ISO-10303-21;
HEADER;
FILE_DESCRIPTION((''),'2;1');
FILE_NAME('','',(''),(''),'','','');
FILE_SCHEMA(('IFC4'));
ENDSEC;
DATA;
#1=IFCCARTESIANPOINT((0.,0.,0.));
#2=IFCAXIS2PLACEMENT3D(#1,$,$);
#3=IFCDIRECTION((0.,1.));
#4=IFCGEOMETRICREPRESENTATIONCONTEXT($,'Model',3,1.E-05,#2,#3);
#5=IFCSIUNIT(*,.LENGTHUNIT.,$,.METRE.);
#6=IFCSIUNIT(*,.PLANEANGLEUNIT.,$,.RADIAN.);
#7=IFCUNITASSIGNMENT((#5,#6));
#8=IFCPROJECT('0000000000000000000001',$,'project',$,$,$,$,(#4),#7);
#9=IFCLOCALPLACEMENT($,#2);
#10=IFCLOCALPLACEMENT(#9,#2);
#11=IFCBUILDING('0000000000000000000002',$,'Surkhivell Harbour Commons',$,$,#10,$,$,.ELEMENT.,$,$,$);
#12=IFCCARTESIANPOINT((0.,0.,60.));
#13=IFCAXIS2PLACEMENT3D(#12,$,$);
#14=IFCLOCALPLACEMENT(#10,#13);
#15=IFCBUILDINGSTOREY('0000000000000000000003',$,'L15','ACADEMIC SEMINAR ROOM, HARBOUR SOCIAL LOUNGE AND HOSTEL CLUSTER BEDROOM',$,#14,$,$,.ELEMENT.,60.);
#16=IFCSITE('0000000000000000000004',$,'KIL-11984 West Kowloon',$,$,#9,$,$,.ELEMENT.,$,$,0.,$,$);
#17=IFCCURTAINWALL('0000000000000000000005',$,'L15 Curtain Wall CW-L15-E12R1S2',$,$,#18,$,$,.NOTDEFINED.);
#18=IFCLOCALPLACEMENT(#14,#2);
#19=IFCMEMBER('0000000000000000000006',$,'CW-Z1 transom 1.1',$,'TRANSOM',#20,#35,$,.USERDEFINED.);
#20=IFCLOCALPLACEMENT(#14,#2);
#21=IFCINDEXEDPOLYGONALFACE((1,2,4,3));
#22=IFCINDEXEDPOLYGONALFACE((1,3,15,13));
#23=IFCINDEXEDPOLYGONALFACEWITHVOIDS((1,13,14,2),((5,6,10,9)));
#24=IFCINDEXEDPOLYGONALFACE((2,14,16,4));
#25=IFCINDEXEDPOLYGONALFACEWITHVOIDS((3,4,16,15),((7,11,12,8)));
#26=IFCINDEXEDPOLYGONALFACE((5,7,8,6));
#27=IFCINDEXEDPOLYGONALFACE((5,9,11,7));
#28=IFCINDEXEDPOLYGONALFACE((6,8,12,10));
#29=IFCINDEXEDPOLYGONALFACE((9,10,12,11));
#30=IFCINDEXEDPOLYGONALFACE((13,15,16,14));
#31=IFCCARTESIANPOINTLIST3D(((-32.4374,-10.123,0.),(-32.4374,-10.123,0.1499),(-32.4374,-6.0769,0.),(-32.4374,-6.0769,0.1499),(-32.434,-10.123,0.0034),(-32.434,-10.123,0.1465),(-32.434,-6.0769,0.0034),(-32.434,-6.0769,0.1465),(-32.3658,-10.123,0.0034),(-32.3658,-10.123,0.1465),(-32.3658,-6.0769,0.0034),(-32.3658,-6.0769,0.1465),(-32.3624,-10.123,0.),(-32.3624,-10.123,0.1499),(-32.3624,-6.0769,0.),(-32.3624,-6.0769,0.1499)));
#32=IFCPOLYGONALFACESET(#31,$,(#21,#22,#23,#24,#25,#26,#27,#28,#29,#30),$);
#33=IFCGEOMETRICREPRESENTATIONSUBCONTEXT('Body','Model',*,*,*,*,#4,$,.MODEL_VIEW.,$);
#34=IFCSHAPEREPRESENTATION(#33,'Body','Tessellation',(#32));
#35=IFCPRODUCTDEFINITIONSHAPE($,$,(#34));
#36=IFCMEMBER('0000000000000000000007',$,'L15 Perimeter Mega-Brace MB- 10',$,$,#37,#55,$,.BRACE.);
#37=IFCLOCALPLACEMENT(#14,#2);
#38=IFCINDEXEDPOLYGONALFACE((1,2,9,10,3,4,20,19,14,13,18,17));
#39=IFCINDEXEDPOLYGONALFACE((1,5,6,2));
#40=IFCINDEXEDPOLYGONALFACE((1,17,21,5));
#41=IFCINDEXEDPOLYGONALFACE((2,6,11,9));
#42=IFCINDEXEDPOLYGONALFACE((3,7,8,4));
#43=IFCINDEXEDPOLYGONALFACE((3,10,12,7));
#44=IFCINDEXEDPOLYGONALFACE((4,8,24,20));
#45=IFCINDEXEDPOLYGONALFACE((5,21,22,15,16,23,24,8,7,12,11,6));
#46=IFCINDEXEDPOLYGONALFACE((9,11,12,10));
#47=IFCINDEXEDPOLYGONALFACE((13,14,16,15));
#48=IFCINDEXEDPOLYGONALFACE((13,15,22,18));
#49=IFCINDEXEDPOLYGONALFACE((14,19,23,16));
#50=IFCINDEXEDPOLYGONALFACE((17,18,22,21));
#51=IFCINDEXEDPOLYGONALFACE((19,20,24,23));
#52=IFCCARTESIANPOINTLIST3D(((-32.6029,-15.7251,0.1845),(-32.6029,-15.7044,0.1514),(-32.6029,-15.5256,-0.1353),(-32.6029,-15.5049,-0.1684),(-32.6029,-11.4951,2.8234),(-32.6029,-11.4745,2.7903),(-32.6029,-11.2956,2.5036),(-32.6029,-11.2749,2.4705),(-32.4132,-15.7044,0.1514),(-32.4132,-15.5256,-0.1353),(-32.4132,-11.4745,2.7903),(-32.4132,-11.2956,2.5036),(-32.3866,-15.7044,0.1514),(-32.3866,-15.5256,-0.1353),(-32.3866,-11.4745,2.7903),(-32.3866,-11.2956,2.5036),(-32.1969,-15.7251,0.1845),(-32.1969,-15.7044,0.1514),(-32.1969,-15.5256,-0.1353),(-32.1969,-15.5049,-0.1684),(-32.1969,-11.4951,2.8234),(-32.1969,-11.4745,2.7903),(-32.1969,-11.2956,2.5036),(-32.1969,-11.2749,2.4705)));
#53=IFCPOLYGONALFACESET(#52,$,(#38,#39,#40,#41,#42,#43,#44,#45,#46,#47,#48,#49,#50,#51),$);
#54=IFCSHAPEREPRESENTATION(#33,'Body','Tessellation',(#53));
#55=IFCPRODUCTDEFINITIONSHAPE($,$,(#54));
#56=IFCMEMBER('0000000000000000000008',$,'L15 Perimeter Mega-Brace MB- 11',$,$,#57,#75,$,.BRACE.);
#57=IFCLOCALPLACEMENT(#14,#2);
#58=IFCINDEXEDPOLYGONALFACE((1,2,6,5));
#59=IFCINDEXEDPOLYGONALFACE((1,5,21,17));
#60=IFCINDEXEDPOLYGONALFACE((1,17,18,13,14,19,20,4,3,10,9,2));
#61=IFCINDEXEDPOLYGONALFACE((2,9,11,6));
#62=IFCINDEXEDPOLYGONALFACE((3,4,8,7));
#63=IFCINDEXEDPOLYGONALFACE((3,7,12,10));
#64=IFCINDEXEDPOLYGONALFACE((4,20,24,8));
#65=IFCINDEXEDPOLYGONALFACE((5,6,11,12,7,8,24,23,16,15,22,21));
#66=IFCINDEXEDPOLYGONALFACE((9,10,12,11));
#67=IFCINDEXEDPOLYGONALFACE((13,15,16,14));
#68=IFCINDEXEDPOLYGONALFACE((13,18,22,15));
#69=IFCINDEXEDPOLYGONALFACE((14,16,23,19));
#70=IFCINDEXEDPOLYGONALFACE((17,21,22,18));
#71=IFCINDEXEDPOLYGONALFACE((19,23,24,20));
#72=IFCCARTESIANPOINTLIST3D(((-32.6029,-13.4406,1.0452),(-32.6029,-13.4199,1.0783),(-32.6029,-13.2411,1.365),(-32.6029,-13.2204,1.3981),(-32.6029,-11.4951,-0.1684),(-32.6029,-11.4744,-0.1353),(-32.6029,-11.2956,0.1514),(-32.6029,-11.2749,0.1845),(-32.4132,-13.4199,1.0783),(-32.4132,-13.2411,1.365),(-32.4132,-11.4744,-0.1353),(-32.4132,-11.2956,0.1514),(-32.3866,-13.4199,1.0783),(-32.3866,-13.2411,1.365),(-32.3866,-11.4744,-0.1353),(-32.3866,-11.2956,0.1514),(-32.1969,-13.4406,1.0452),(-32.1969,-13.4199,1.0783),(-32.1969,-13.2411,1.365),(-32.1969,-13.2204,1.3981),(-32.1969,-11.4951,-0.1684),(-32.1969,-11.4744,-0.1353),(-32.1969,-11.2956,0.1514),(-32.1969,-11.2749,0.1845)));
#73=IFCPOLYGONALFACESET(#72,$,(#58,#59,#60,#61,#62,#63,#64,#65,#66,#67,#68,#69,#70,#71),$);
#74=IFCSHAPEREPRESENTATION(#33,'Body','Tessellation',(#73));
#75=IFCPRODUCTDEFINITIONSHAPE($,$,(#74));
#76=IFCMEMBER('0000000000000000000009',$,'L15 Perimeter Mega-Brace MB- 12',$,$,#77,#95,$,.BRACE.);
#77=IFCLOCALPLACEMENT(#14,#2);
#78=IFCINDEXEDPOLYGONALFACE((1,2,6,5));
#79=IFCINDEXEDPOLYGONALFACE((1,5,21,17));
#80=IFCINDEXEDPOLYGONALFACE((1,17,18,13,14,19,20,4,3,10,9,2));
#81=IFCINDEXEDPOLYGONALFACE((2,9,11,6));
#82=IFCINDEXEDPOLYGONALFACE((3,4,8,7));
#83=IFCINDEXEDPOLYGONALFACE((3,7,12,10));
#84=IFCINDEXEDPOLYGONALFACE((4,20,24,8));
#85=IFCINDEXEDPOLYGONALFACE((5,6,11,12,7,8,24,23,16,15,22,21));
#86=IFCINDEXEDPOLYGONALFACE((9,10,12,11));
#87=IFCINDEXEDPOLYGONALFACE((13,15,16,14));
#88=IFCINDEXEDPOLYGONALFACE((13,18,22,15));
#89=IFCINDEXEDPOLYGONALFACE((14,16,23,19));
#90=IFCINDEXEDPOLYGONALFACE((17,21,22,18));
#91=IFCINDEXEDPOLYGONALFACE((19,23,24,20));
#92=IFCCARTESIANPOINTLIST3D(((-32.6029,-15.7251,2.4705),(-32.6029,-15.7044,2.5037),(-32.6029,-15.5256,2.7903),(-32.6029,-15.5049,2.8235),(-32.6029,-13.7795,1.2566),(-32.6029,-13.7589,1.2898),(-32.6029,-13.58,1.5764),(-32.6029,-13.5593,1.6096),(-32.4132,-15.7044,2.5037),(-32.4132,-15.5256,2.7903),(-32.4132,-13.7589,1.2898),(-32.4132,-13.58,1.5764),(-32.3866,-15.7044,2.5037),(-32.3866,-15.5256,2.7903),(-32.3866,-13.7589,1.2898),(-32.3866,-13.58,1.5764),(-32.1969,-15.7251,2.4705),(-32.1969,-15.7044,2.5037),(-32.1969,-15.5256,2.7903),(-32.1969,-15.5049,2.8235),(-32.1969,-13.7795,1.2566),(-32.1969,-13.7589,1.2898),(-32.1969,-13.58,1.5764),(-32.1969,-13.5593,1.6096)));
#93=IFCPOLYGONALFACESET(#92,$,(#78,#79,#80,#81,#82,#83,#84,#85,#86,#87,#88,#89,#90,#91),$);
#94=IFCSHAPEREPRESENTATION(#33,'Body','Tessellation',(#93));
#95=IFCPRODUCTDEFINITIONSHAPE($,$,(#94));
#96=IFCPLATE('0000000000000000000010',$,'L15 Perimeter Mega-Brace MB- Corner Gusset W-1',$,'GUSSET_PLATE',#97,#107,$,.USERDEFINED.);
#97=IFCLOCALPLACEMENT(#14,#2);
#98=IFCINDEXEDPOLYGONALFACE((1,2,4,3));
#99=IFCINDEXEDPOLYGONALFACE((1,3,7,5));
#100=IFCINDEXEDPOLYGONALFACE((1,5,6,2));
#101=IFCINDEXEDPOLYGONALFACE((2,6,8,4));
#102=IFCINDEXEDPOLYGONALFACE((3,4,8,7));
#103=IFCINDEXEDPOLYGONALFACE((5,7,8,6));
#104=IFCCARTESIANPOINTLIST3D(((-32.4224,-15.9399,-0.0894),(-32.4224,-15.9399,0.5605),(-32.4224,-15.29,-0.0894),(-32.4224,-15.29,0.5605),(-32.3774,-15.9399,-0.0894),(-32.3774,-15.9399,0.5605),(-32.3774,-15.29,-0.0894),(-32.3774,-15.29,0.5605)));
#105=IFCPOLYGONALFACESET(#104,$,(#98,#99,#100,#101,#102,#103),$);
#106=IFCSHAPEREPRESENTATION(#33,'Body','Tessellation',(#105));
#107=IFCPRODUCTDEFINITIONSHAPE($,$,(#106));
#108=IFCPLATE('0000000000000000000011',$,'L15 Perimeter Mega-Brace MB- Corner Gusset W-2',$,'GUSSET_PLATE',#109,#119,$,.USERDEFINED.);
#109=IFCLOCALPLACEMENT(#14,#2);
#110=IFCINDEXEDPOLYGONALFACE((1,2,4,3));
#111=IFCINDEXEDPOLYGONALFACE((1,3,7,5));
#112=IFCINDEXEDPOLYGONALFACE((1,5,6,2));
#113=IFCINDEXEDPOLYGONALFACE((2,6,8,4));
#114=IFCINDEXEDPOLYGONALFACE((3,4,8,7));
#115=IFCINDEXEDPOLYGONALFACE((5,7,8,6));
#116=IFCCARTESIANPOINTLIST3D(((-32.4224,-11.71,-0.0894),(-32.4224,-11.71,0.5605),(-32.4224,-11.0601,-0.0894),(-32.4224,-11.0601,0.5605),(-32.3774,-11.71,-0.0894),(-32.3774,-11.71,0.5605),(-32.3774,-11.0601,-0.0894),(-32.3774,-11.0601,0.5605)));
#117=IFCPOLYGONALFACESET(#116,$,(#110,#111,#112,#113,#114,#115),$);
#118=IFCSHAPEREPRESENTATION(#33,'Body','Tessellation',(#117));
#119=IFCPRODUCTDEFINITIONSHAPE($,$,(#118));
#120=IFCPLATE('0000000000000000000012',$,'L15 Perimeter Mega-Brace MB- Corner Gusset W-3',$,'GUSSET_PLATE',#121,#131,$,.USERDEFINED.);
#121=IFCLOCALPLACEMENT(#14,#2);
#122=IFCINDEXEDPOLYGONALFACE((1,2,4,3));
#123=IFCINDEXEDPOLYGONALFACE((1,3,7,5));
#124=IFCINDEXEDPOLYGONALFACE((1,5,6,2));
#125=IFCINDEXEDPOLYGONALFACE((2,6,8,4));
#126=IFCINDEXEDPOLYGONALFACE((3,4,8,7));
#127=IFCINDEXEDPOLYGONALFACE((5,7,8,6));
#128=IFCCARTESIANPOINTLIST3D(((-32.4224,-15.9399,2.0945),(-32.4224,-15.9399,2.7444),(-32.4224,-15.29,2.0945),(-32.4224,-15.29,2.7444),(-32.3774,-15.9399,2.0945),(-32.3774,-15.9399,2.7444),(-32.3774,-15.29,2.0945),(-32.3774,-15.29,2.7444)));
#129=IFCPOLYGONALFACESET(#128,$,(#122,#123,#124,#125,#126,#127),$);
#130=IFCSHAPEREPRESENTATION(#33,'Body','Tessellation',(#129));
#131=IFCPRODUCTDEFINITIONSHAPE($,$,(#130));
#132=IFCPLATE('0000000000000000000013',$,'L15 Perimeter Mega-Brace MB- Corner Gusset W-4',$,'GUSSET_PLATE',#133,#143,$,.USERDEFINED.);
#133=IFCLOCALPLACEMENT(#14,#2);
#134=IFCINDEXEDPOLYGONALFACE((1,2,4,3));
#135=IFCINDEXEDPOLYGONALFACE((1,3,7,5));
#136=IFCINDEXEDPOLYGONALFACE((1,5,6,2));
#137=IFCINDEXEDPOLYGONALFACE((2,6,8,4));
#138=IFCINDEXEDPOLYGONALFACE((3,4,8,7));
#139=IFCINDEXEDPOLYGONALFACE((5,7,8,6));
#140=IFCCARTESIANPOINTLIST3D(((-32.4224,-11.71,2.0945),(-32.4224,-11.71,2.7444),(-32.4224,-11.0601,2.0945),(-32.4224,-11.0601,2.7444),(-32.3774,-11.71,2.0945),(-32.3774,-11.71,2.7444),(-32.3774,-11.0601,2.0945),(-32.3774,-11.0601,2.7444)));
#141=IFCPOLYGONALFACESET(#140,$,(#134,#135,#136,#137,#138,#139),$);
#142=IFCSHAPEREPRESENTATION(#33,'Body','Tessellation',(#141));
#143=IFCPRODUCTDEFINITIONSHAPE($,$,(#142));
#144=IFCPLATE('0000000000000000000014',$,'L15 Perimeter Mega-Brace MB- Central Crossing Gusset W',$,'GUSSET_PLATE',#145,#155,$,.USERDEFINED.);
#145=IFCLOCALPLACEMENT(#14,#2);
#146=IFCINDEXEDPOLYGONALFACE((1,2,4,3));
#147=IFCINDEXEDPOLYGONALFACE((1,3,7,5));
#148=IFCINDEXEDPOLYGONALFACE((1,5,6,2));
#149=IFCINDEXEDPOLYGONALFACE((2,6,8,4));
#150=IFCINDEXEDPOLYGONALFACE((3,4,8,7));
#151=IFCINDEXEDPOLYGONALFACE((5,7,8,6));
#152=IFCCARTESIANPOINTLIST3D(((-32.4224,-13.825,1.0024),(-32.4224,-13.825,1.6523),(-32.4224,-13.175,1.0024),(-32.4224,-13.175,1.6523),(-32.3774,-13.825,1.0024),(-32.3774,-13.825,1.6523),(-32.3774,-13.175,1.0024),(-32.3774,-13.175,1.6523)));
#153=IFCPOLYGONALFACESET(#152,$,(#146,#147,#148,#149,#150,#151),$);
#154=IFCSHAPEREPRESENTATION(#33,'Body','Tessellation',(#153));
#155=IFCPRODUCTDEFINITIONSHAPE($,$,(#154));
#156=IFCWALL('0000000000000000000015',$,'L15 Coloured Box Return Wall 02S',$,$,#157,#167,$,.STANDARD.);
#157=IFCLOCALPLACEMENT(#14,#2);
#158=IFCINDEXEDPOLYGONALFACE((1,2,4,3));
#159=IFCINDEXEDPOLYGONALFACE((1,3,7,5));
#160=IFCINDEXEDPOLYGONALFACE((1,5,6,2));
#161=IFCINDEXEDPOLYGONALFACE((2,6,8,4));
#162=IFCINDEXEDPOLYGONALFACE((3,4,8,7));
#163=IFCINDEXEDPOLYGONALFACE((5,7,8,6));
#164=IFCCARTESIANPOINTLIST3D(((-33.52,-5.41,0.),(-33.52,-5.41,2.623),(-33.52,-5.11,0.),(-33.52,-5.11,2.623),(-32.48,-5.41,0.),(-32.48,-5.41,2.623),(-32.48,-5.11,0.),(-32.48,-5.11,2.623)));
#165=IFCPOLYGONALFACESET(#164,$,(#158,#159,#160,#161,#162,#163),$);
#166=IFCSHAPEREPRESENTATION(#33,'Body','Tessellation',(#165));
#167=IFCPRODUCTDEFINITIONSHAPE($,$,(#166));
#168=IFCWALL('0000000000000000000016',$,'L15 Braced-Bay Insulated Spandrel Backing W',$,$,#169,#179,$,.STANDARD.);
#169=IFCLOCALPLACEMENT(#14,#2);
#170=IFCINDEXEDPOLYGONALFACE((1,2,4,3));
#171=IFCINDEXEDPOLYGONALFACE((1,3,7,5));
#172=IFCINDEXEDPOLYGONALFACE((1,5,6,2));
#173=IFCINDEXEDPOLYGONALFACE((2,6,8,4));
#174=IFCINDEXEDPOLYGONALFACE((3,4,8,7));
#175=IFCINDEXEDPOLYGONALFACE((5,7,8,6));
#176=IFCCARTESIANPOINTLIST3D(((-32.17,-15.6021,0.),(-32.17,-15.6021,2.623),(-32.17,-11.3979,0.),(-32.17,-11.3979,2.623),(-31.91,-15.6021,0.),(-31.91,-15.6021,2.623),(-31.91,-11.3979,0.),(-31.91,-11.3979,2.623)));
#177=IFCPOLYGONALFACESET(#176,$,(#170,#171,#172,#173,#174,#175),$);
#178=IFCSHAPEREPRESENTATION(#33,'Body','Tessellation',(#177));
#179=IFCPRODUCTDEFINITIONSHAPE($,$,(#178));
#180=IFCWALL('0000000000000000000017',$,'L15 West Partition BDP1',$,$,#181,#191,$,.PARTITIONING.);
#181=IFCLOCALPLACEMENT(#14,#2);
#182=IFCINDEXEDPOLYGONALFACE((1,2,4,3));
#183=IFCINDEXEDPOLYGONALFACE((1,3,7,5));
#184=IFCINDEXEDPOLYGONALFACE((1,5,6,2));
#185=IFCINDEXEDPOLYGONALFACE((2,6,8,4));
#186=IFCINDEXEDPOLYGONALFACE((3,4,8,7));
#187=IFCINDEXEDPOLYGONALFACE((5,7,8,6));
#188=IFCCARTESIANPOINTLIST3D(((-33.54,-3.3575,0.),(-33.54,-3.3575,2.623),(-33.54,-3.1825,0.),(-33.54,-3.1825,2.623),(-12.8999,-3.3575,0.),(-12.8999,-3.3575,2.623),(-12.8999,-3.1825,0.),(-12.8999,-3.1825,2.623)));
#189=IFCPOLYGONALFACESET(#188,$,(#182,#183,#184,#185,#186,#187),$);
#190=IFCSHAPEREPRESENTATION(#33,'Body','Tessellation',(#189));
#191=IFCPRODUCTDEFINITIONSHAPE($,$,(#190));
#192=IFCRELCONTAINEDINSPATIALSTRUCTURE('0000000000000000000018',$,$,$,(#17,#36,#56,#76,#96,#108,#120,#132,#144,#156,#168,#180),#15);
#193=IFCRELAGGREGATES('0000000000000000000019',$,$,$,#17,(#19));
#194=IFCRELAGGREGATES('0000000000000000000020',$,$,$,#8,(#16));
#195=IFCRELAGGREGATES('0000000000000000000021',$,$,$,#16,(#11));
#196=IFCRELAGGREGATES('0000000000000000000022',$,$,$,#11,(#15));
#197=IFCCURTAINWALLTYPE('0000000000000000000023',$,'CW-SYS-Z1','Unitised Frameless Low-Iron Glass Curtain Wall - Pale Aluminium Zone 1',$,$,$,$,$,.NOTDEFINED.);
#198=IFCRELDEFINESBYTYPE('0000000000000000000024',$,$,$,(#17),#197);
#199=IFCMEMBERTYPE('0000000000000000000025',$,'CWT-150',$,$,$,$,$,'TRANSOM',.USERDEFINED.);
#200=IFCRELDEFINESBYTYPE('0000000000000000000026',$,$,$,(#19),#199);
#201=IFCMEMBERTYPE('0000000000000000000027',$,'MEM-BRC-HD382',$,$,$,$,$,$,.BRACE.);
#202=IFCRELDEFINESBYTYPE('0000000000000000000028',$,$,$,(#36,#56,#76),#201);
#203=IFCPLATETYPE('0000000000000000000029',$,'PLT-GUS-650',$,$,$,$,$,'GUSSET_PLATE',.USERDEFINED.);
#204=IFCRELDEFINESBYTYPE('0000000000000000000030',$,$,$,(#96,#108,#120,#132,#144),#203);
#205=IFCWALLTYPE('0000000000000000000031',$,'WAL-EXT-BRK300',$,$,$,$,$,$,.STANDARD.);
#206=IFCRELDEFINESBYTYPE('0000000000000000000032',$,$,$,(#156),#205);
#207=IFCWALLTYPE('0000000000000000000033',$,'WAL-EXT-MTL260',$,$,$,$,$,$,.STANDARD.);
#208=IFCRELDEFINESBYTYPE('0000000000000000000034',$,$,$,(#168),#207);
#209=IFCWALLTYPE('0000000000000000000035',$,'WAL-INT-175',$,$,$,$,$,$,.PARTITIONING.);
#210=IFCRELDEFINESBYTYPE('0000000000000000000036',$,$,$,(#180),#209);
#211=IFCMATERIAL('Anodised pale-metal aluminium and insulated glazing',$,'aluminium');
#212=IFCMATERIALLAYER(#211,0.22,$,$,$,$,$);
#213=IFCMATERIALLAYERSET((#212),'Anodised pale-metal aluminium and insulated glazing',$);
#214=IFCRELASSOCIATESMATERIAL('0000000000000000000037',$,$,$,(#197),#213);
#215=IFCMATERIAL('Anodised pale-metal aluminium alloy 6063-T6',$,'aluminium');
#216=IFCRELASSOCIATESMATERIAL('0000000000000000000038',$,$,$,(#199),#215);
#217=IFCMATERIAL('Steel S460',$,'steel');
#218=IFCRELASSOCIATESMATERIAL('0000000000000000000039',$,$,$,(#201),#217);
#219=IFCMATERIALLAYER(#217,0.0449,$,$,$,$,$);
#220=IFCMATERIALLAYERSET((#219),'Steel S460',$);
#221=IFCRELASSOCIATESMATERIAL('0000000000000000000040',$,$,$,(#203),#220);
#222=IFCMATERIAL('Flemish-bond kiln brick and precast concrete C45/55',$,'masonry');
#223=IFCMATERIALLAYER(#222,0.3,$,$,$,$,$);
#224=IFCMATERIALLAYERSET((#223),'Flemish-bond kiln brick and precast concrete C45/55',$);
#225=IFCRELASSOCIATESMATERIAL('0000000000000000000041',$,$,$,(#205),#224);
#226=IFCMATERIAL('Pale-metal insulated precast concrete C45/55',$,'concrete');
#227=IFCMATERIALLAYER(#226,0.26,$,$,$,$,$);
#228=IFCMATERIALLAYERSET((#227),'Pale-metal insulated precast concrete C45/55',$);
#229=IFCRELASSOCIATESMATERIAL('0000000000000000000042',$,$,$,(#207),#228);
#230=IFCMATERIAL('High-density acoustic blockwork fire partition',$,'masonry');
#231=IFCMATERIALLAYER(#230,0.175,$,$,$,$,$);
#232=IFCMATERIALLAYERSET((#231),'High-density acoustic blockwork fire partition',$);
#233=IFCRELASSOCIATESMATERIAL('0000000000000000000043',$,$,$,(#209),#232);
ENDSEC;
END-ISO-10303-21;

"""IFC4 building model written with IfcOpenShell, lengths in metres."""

from ifc_helpers import new_model, si_unit, direction, frame, frame_2d, origin, origin_2d, place, context, subcontext, project, spatial, rectangle, hollow_rectangle, i_section, extrude, material, layer, layer_set, material_profile, profile_set, type_object, element, aggregate, save


model = new_model("IFC4")

# Units and contexts
model_context = context("Model", 3, precision=1e-05, world=origin(), true_north=direction((0.0, 1.0)))
body_context = subcontext(model_context, "Body", "Model", "MODEL_VIEW")
ifc_project = project(units=[si_unit("LENGTHUNIT", "METRE"), si_unit("PLANEANGLEUNIT", "RADIAN")], contexts=[model_context])

# Site, building, storey
site_placement = place(None, origin())
site = spatial("IfcSite", under=ifc_project, at=site_placement, Name="KIL-11984 West Kowloon", CompositionType="ELEMENT", RefElevation=0.0)
building_placement = place(site_placement, origin())
building = spatial("IfcBuilding", under=site, at=building_placement, Name="Surkhivell Harbour Commons", CompositionType="ELEMENT")
storey_placement = place(building_placement, frame((0.0, 0.0, 60.0)))
storey = spatial("IfcBuildingStorey", under=building, at=storey_placement, Name="L15", Description="ACADEMIC SEMINAR ROOM, HARBOUR SOCIAL LOUNGE AND HOSTEL CLUSTER BEDROOM", CompositionType="ELEMENT", Elevation=60.0)

# Shared definitions
ifc_material_1 = material(Name="Steel S460", Category="steel")

# Curtain wall, member
ifc_material_2 = material(Name="Anodised pale-metal aluminium and insulated glazing", Category="aluminium")
ifc_layer_1 = layer(ifc_material_2, 0.22)
ifc_layer_set_1 = layer_set([ifc_layer_1], Name="Anodised pale-metal aluminium and insulated glazing")
curtain_wall_type = type_object("IfcCurtainWallType", Name="CW-SYS-Z1", Description="Unitised Frameless Low-Iron Glass Curtain Wall - Pale Aluminium Zone 1", PredefinedType="NOTDEFINED", material=ifc_layer_set_1)
curtain_wall_placement = place(storey_placement, origin())
curtain_wall = element("IfcCurtainWall", 1, at=curtain_wall_placement, inside=storey, type_object=curtain_wall_type, Name="L15 Curtain Wall CW-L15-E12R1S2", PredefinedType="NOTDEFINED")
ifc_material_3 = material(Name="Anodised pale-metal aluminium alloy 6063-T6", Category="aluminium")
ifc_material_profile_1 = material_profile(ifc_material_3, hollow_rectangle(XDim=0.075, YDim=0.1499, WallThickness=0.0034, at=origin_2d()), Name="ALU-TRAN-75x150")
ifc_profile_set_1 = profile_set([ifc_material_profile_1], Name="Anodised pale-metal aluminium alloy 6063-T6")
member_type_1 = type_object("IfcMemberType", Name="CWT-150", ElementType="TRANSOM", PredefinedType="USERDEFINED", material=ifc_profile_set_1)
member_1_placement = place(storey_placement, frame((-32.3999, -10.123, 0.075), z_axis=(0.0, 1.0, 0.0), x_axis=(-1.0, 0.0, 0.0)))
member_1 = element("IfcMember", 2, at=member_1_placement, type_object=member_type_1, Name="CW-Z1 transom 1.1", ObjectType="TRANSOM", PredefinedType="USERDEFINED", context=body_context, shape_type="SweptSolid", body=[
    extrude(hollow_rectangle(XDim=0.075, YDim=0.1499, WallThickness=0.0034, at=origin_2d()), origin(), (0.0, 0.0, 1.0), 4.0461),
])

# Members
ifc_material_profile_2 = material_profile(ifc_material_1, i_section(OverallWidth=0.406, OverallDepth=0.416, WebThickness=0.0266, FlangeThickness=0.0391, at=origin_2d()), Name="HD400x382")
ifc_profile_set_2 = profile_set([ifc_material_profile_2], Name="Steel S460")
member_type_2 = type_object("IfcMemberType", Name="MEM-BRC-HD382", PredefinedType="BRACE", material=ifc_profile_set_2)
member_2_placement = place(storey_placement, frame((-32.3999, -15.615, 0.0081), z_axis=(0.0, 0.848433, 0.529303), x_axis=(-1.0, 0.0, 0.0)))
element("IfcMember", 3, at=member_2_placement, inside=storey, type_object=member_type_2, Name="L15 Perimeter Mega-Brace MB- 10", PredefinedType="BRACE", context=body_context, shape_type="SweptSolid", body=[
    extrude(i_section(OverallWidth=0.406, OverallDepth=0.416, WebThickness=0.0266, FlangeThickness=0.0391, at=origin_2d()), origin(), (0.0, 0.0, 1.0), 4.9856),
])
member_3_placement = place(storey_placement, frame((-32.3999, -11.385, 0.0081), z_axis=(0.0, -0.848459, 0.529262), x_axis=(1.0, 0.0, 0.0)))
element("IfcMember", 4, at=member_3_placement, inside=storey, type_object=member_type_2, Name="L15 Perimeter Mega-Brace MB- 11", PredefinedType="BRACE", context=body_context, shape_type="SweptSolid", body=[
    extrude(i_section(OverallWidth=0.406, OverallDepth=0.416, WebThickness=0.0266, FlangeThickness=0.0391, at=origin_2d()), origin(), (0.0, 0.0, 1.0), 2.293),
])
member_4_placement = place(storey_placement, frame((-32.3999, -13.6694, 1.4331), z_axis=(0.0, -0.848411, 0.529338), x_axis=(1.0, 0.0, 0.0)))
element("IfcMember", 5, at=member_4_placement, inside=storey, type_object=member_type_2, Name="L15 Perimeter Mega-Brace MB- 12", PredefinedType="BRACE", context=body_context, shape_type="SweptSolid", body=[
    extrude(i_section(OverallWidth=0.406, OverallDepth=0.416, WebThickness=0.0266, FlangeThickness=0.0391, at=origin_2d()), origin(), (0.0, 0.0, 1.0), 2.2932),
])

aggregate(curtain_wall, [member_1])

# Plates
ifc_layer_2 = layer(ifc_material_1, 0.0449)
ifc_layer_set_2 = layer_set([ifc_layer_2], Name="Steel S460")
plate_type_1 = type_object("IfcPlateType", Name="PLT-GUS-650", ElementType="GUSSET_PLATE", PredefinedType="USERDEFINED", material=ifc_layer_set_2)
for number, where, z_axis, x_axis, name in (
    (6, (-32.3999, -15.615, -0.0894), (0.0, 0.0, 1.0), (0.0, 1.0, 0.0), "L15 Perimeter Mega-Brace MB- Corner Gusset W-1"),
    (7, (-32.3999, -11.385, -0.0894), (0.0, 0.0, 1.0), (0.0, 1.0, 0.0), "L15 Perimeter Mega-Brace MB- Corner Gusset W-2"),
    (8, (-32.3999, -15.615, 2.0945), (0.0, 0.0, 1.0), (0.0, 1.0, 0.0), "L15 Perimeter Mega-Brace MB- Corner Gusset W-3"),
    (9, (-32.3999, -11.385, 2.0945), (0.0, 0.0, 1.0), (0.0, 1.0, 0.0), "L15 Perimeter Mega-Brace MB- Corner Gusset W-4"),
    (10, (-32.3999, -13.5, 1.0024), (0.0, 0.0, 1.0), (0.0, 1.0, 0.0), "L15 Perimeter Mega-Brace MB- Central Crossing Gusset W"),
):
    element("IfcPlate", number, at=place(storey_placement, frame(where, z_axis=z_axis, x_axis=x_axis)), inside=storey, type_object=plate_type_1, Name=name, ObjectType="GUSSET_PLATE", PredefinedType="USERDEFINED", context=body_context, shape_type="SweptSolid", body=[
        extrude(rectangle(XDim=0.6499, YDim=0.0449, at=origin_2d()), origin(), (0.0, 0.0, 1.0), 0.6499),
    ])

# Walls
ifc_material_4 = material(Name="Flemish-bond kiln brick and precast concrete C45/55", Category="masonry")
ifc_layer_3 = layer(ifc_material_4, 0.3)
ifc_layer_set_3 = layer_set([ifc_layer_3], Name="Flemish-bond kiln brick and precast concrete C45/55")
wall_type_1 = type_object("IfcWallType", Name="WAL-EXT-BRK300", PredefinedType="STANDARD", material=ifc_layer_set_3)
wall_1_placement = place(storey_placement, frame((-33.52, -5.26, 0.0), z_axis=(0.0, 0.0, 1.0), x_axis=(1.0, 0.0, 0.0)))
element("IfcWall", 11, at=wall_1_placement, inside=storey, type_object=wall_type_1, Name="L15 Coloured Box Return Wall 02S", PredefinedType="STANDARD", context=body_context, shape_type="SweptSolid", body=[
    extrude(rectangle(XDim=1.04, YDim=0.3, at=frame_2d((0.52, 0.0))), origin(), (0.0, 0.0, 1.0), 2.623),
])
ifc_material_5 = material(Name="Pale-metal insulated precast concrete C45/55", Category="concrete")
ifc_layer_4 = layer(ifc_material_5, 0.26)
ifc_layer_set_4 = layer_set([ifc_layer_4], Name="Pale-metal insulated precast concrete C45/55")
wall_type_2 = type_object("IfcWallType", Name="WAL-EXT-MTL260", PredefinedType="STANDARD", material=ifc_layer_set_4)
wall_2_placement = place(storey_placement, frame((-32.04, -15.6021, 0.0), z_axis=(0.0, 0.0, 1.0), x_axis=(0.0, 1.0, 0.0)))
element("IfcWall", 12, at=wall_2_placement, inside=storey, type_object=wall_type_2, Name="L15 Braced-Bay Insulated Spandrel Backing W", PredefinedType="STANDARD", context=body_context, shape_type="SweptSolid", body=[
    extrude(rectangle(XDim=4.2041, YDim=0.26, at=frame_2d((2.1021, 0.0))), origin(), (0.0, 0.0, 1.0), 2.623),
])
ifc_material_6 = material(Name="High-density acoustic blockwork fire partition", Category="masonry")
ifc_layer_5 = layer(ifc_material_6, 0.175)
ifc_layer_set_5 = layer_set([ifc_layer_5], Name="High-density acoustic blockwork fire partition")
wall_type_3 = type_object("IfcWallType", Name="WAL-INT-175", PredefinedType="PARTITIONING", material=ifc_layer_set_5)
wall_3_placement = place(storey_placement, frame((-33.54, -3.27, 0.0), z_axis=(0.0, 0.0, 1.0), x_axis=(1.0, 0.0, 0.0)))
element("IfcWall", 13, at=wall_3_placement, inside=storey, type_object=wall_type_3, Name="L15 West Partition BDP1", PredefinedType="PARTITIONING", context=body_context, shape_type="SweptSolid", body=[
    extrude(rectangle(XDim=20.6401, YDim=0.175, at=frame_2d((10.3201, 0.0))), origin(), (0.0, 0.0, 1.0), 2.623),
])

save(model, "model.ifc")
